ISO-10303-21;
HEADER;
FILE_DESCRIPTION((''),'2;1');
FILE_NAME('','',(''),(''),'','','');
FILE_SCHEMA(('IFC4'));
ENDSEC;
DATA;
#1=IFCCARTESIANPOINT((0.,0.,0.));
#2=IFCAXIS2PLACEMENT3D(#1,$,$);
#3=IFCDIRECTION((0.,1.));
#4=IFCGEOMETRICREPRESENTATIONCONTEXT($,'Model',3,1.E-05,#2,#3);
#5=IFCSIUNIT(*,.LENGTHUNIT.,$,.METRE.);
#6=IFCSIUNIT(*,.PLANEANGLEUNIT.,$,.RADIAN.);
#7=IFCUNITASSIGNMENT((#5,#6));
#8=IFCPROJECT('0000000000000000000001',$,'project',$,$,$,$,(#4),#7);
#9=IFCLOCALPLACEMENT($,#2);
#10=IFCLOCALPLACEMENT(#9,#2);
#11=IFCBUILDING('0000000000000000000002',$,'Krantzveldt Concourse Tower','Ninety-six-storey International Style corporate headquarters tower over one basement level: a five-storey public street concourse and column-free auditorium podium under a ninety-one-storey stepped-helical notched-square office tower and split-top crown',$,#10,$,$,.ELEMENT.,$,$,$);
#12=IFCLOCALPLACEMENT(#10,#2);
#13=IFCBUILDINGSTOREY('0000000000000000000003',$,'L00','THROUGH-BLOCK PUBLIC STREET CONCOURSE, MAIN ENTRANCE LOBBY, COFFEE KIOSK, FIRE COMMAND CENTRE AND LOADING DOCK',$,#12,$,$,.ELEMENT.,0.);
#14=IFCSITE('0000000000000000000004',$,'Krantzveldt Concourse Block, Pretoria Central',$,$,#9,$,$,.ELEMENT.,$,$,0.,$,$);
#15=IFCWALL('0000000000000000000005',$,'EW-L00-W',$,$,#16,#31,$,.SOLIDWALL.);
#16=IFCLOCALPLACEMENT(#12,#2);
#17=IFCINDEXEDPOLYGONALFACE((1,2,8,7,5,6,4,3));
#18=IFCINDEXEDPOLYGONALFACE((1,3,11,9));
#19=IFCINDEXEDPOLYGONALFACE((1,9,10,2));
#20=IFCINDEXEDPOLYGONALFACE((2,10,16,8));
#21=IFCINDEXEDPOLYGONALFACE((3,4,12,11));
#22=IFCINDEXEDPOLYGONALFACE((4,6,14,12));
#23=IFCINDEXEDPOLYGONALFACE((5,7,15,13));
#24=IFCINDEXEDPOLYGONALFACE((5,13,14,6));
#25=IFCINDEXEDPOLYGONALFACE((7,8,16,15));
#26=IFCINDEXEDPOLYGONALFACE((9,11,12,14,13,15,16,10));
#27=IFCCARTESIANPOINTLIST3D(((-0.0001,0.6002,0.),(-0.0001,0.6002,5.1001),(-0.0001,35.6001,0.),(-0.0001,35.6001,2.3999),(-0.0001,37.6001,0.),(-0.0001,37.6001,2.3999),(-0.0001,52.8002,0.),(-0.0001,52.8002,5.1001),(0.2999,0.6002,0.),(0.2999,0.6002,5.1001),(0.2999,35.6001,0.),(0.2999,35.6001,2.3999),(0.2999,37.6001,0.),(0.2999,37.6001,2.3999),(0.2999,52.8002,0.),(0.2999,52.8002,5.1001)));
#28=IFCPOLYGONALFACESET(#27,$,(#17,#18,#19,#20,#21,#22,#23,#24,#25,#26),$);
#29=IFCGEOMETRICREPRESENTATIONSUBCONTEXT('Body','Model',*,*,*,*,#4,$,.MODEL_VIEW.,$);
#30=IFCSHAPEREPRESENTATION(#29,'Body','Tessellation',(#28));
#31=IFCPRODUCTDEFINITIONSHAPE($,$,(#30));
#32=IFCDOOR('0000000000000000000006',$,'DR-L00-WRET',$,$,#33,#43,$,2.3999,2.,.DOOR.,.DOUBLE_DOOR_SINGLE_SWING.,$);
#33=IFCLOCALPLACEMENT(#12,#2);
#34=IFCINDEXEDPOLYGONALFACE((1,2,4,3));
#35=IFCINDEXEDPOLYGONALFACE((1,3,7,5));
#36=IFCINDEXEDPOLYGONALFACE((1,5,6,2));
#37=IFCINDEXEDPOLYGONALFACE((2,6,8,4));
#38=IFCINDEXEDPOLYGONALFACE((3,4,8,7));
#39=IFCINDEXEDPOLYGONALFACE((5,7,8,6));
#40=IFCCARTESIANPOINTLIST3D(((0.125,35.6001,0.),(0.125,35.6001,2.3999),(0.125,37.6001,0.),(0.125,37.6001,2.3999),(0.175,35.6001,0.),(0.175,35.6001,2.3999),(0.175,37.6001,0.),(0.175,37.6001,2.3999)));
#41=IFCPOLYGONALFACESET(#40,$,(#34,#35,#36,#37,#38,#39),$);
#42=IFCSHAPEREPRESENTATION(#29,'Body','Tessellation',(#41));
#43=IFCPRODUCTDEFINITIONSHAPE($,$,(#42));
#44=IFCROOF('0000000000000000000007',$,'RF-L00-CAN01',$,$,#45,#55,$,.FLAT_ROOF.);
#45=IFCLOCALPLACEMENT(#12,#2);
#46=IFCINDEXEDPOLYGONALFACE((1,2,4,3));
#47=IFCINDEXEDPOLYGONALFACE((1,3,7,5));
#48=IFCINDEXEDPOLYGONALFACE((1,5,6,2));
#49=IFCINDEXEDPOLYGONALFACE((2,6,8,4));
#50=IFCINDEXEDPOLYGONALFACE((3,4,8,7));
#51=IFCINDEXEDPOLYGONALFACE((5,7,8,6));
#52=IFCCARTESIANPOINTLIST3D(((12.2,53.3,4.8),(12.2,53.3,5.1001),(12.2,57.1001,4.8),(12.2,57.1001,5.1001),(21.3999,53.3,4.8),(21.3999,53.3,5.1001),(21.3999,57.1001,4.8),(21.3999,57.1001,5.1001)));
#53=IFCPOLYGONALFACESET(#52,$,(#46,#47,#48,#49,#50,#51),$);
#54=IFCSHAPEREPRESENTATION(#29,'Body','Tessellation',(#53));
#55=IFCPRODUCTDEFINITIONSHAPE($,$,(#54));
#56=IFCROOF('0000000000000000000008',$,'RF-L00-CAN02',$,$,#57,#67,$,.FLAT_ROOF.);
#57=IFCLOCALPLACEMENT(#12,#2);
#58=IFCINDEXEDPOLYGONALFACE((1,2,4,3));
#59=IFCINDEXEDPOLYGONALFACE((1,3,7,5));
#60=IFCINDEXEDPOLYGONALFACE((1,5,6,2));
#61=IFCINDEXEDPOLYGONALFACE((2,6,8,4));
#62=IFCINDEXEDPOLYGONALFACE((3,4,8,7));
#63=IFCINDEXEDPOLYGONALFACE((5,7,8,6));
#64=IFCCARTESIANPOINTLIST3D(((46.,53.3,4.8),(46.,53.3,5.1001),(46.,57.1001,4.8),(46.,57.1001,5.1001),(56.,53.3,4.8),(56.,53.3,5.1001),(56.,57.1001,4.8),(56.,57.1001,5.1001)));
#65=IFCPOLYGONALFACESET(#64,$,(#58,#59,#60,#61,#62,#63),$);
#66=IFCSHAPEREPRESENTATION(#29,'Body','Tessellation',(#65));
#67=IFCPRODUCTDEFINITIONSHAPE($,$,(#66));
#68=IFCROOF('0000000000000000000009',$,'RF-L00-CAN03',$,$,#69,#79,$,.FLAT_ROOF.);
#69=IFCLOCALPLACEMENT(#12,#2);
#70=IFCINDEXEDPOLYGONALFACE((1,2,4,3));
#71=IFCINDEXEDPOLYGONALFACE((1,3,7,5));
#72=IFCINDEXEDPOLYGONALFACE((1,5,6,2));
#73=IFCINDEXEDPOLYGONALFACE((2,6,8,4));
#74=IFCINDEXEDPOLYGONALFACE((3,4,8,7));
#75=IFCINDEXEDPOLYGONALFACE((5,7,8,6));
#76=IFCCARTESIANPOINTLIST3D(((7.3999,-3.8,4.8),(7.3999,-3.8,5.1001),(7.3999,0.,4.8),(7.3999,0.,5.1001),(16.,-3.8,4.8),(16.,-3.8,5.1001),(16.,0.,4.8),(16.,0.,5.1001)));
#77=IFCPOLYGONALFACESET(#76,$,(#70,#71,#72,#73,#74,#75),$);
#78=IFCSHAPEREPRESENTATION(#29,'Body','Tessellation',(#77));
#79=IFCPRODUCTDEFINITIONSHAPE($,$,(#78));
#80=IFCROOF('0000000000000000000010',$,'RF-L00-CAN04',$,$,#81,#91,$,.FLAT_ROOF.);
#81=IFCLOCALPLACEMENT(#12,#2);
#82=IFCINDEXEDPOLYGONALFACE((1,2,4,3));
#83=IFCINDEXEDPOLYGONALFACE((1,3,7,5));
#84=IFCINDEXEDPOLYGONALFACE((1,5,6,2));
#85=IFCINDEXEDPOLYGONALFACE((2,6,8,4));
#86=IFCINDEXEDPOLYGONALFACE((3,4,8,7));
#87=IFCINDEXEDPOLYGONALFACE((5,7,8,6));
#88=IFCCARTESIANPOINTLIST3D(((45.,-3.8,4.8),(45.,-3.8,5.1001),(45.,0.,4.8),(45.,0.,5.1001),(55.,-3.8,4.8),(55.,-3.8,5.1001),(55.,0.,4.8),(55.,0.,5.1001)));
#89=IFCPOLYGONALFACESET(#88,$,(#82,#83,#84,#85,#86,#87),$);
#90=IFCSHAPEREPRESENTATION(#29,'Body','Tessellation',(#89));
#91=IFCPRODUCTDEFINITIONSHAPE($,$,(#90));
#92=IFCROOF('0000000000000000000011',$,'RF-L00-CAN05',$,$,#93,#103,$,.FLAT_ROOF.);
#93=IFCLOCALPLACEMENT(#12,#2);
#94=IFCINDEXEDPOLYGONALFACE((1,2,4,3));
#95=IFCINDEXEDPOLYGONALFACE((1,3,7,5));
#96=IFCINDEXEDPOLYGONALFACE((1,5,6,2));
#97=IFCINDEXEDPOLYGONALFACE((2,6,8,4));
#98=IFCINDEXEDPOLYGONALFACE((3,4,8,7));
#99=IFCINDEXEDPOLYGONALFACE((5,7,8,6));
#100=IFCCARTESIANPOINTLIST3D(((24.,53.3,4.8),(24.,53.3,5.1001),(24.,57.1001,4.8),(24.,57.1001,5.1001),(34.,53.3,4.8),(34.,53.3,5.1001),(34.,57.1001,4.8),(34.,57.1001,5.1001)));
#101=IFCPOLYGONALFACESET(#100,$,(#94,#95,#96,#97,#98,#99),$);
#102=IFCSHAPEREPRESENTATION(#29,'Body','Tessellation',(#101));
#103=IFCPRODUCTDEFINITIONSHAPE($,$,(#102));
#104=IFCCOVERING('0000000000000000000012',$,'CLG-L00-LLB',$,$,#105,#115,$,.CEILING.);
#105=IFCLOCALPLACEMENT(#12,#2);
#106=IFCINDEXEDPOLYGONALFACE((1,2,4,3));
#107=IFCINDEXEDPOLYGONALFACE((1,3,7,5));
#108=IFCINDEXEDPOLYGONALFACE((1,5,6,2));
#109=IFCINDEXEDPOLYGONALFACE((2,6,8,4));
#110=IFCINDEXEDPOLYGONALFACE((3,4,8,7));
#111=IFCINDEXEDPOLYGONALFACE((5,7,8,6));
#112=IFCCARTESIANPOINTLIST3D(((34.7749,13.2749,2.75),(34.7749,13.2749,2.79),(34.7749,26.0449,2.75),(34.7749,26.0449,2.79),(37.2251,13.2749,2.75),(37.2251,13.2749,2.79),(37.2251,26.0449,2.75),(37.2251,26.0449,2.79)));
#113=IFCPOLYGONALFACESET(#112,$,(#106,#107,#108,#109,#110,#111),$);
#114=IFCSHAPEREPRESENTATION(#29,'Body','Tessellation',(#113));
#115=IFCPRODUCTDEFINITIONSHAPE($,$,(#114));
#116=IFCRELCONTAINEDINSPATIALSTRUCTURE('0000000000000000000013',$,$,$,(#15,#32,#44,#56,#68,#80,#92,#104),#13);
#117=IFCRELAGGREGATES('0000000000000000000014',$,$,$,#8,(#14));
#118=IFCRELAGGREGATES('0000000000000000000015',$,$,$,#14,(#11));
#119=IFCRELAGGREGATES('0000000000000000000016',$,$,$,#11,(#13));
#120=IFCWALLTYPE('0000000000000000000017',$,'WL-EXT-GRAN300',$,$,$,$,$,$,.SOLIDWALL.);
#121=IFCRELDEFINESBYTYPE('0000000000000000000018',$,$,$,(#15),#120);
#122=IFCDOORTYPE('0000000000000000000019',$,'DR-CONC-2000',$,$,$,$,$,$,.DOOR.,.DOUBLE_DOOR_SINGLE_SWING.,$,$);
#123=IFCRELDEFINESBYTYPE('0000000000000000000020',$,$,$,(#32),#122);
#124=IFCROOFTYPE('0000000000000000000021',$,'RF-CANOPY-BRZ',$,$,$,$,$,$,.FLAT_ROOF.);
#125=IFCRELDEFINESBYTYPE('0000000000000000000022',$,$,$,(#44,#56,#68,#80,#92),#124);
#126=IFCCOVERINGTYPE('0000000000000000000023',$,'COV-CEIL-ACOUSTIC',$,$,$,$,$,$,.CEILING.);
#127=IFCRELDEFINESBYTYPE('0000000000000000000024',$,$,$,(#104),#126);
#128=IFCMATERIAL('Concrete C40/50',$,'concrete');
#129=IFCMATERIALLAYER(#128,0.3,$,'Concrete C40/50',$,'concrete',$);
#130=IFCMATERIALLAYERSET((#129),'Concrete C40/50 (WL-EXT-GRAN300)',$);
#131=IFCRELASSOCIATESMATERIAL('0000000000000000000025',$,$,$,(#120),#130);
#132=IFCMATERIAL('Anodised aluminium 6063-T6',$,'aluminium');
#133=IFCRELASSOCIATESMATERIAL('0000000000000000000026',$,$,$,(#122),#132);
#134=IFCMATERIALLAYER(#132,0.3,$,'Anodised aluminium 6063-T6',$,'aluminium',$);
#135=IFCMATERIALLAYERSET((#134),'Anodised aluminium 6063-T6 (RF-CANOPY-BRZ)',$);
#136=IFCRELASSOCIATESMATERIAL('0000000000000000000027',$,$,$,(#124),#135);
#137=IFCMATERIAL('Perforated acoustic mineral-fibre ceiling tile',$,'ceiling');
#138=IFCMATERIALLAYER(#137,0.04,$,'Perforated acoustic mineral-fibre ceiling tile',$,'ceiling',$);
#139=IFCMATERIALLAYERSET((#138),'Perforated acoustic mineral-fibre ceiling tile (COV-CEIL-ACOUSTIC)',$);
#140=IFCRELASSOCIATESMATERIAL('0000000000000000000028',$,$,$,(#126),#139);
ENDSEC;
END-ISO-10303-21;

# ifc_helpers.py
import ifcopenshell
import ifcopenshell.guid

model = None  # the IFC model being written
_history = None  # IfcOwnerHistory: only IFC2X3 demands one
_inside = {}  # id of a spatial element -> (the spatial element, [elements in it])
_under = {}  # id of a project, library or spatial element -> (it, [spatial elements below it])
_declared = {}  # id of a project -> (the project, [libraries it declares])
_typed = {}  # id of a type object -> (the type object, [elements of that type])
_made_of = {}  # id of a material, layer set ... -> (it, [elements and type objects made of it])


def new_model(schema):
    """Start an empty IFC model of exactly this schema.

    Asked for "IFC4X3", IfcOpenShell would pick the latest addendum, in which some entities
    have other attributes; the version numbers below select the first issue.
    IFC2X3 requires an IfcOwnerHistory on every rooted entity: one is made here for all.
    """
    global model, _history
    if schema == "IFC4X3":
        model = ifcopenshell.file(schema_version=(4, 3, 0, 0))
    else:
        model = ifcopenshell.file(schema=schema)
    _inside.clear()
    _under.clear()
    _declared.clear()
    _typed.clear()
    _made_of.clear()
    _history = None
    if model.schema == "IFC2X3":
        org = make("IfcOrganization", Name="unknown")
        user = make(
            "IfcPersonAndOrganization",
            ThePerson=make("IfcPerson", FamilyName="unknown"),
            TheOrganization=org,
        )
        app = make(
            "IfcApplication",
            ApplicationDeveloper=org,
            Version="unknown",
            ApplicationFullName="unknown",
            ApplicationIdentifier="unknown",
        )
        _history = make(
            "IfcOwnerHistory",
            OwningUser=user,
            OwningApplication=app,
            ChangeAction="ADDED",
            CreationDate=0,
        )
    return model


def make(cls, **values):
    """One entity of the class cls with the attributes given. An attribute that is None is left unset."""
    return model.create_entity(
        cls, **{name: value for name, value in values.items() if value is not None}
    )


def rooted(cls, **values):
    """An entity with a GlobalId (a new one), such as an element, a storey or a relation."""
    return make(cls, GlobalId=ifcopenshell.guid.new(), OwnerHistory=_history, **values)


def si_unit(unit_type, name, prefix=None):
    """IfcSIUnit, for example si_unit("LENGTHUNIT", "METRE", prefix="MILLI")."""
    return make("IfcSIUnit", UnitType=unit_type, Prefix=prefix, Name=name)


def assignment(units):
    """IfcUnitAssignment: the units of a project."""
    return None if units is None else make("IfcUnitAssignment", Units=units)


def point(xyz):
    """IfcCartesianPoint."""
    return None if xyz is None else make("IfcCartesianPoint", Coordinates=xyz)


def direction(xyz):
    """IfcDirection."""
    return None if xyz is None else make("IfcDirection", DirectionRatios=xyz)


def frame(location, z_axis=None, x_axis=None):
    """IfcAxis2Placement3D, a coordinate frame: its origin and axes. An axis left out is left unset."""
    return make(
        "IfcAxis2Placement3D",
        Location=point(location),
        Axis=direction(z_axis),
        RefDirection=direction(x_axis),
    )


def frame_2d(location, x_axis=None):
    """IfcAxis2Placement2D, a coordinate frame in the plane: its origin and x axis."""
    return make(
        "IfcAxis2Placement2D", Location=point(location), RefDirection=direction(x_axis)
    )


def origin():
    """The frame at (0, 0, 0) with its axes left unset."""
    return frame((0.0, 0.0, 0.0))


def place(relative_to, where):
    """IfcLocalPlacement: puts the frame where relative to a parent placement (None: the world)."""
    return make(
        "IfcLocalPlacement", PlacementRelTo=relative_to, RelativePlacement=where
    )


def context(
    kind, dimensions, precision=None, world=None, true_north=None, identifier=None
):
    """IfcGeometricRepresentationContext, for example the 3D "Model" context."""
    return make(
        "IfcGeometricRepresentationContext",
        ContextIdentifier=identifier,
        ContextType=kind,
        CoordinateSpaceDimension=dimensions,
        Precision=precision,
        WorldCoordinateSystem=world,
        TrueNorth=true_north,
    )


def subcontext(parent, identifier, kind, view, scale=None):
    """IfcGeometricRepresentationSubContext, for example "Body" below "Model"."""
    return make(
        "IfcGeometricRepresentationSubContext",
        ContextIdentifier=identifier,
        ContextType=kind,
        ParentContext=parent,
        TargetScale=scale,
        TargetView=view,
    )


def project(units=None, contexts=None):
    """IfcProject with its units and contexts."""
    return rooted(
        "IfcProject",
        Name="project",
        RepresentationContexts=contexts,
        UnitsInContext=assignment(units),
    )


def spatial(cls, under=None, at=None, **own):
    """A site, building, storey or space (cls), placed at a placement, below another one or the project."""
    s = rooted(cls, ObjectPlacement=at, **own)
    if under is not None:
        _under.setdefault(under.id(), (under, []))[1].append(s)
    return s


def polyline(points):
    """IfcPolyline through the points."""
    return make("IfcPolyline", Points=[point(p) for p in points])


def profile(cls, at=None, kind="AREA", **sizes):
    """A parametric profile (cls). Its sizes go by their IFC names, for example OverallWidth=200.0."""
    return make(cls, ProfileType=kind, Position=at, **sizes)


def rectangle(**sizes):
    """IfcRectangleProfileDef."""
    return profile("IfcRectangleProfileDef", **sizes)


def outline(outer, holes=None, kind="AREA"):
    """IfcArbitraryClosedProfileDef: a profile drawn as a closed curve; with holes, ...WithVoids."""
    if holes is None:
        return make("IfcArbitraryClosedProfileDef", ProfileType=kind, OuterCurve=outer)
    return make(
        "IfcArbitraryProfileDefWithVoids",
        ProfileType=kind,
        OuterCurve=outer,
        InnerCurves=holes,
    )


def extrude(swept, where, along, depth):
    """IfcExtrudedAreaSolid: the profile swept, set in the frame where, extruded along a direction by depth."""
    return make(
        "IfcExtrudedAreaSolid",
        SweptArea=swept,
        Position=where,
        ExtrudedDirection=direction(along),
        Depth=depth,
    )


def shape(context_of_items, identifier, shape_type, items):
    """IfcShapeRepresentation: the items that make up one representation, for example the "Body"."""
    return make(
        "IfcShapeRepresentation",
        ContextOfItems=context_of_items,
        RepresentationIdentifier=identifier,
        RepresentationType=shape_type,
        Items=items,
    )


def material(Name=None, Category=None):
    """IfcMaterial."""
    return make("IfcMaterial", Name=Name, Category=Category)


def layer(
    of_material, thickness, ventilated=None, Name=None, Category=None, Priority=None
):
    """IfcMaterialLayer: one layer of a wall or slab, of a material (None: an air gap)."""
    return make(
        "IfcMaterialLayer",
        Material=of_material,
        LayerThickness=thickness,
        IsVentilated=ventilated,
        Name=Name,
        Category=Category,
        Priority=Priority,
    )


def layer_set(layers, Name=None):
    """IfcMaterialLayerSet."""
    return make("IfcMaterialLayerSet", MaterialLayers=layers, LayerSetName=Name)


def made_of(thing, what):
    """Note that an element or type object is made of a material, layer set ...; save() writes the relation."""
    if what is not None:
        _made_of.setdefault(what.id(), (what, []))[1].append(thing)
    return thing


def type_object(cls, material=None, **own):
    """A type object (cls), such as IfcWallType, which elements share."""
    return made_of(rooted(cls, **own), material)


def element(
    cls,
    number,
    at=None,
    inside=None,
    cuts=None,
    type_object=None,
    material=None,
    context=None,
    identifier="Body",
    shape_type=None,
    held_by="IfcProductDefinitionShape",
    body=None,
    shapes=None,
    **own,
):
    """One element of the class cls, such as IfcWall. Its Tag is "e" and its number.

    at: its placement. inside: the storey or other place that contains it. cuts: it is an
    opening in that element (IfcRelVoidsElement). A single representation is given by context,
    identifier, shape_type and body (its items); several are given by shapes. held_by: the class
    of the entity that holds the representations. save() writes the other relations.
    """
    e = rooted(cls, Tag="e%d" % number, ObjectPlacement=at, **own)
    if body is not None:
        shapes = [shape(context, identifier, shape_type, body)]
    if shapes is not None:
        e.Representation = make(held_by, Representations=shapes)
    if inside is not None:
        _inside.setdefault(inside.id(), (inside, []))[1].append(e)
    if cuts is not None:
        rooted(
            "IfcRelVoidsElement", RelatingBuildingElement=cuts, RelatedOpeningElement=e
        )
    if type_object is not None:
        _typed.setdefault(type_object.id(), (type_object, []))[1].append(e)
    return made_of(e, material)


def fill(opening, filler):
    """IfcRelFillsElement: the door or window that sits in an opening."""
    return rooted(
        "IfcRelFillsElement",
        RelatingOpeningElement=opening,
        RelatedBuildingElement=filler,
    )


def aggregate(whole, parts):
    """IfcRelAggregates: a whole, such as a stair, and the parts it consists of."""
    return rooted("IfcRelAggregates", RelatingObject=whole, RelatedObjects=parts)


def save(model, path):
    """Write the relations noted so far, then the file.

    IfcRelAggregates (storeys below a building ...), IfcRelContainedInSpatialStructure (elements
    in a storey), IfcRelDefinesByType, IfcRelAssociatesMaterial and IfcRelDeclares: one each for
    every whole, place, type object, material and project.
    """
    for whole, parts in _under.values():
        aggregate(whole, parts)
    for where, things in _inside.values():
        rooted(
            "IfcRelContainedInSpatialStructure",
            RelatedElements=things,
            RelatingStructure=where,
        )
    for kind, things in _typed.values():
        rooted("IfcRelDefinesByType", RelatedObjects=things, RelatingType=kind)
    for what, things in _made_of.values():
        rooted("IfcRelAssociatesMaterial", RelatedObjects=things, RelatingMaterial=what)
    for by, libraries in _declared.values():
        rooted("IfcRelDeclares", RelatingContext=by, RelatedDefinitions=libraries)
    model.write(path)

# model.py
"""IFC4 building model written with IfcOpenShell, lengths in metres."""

from ifc_helpers import new_model, si_unit, direction, frame, frame_2d, origin, place, context, subcontext, project, spatial, polyline, rectangle, outline, extrude, material, layer, layer_set, type_object, element, fill, save


model = new_model("IFC4")

# Units and contexts
model_context = context("Model", 3, precision=1e-05, world=origin(), true_north=direction((0.0, 1.0)))
body_context = subcontext(model_context, "Body", "Model", "MODEL_VIEW")
ifc_project = project(units=[si_unit("LENGTHUNIT", "METRE"), si_unit("PLANEANGLEUNIT", "RADIAN")], contexts=[model_context])

# Site, building, storey
site_placement = place(None, origin())
site = spatial("IfcSite", under=ifc_project, at=site_placement, Name="Krantzveldt Concourse Block, Pretoria Central", CompositionType="ELEMENT", RefElevation=0.0)
building_placement = place(site_placement, origin())
building = spatial("IfcBuilding", under=site, at=building_placement, Name="Krantzveldt Concourse Tower", Description="Ninety-six-storey International Style corporate headquarters tower over one basement level: a five-storey public street concourse and column-free auditorium podium under a ninety-one-storey stepped-helical notched-square office tower and split-top crown", CompositionType="ELEMENT")
storey_placement = place(building_placement, origin())
storey = spatial("IfcBuildingStorey", under=building, at=storey_placement, Name="L00", Description="THROUGH-BLOCK PUBLIC STREET CONCOURSE, MAIN ENTRANCE LOBBY, COFFEE KIOSK, FIRE COMMAND CENTRE AND LOADING DOCK", CompositionType="ELEMENT", Elevation=0.0)

# Shared definitions
ifc_material_1 = material(Name="Concrete C40/50", Category="concrete")

# Wall, opening, door
ifc_layer_1 = layer(ifc_material_1, 0.3, Name="Concrete C40/50", Category="concrete")
ifc_layer_set_1 = layer_set([ifc_layer_1], Name="Concrete C40/50 (WL-EXT-GRAN300)")
wall_type = type_object("IfcWallType", Name="WL-EXT-GRAN300", PredefinedType="SOLIDWALL", material=ifc_layer_set_1)
wall_placement = place(storey_placement, frame((0.1499, 0.6001, 0.0), z_axis=(0.0, 0.0, 1.0), x_axis=(0.0, 1.0, 0.0)))
wall = element("IfcWall", 1, at=wall_placement, inside=storey, type_object=wall_type, Name="EW-L00-W", PredefinedType="SOLIDWALL", context=body_context, shape_type="SweptSolid", body=[
    extrude(rectangle(XDim=52.2, YDim=0.3, at=frame_2d((26.1001, 0.0))), origin(), (0.0, 0.0, 1.0), 5.1001),
])
opening_placement = place(wall_placement, frame((35.0, 0.0, 0.0)))
opening = element("IfcOpeningElement", 2, at=opening_placement, cuts=wall, PredefinedType="OPENING", context=body_context, shape_type="SweptSolid", body=[
    extrude(rectangle(XDim=2.0, YDim=2.3999, at=frame_2d((1.0, 1.2))), frame((0.0, 0.1602, 0.0), z_axis=(0.0, -1.0, 0.0), x_axis=(1.0, 0.0, 0.0)), (0.0, 0.0, 1.0), 0.3201),
])
ifc_material_2 = material(Name="Anodised aluminium 6063-T6", Category="aluminium")
door_type = type_object("IfcDoorType", Name="DR-CONC-2000", OperationType="DOUBLE_DOOR_SINGLE_SWING", PredefinedType="DOOR", material=ifc_material_2)
door_placement = place(opening_placement, origin())
door = element("IfcDoor", 3, at=door_placement, inside=storey, type_object=door_type, Name="DR-L00-WRET", OperationType="DOUBLE_DOOR_SINGLE_SWING", OverallHeight=2.3999, OverallWidth=2.0, PredefinedType="DOOR", context=body_context, shape_type="SweptSolid", body=[
    extrude(rectangle(XDim=2.0, YDim=2.3999, at=frame_2d((1.0, 1.2))), frame((0.0, 0.0249, 0.0), z_axis=(0.0, -1.0, 0.0), x_axis=(1.0, 0.0, 0.0)), (0.0, 0.0, 1.0), 0.05),
])
fill(opening, door)

# Roofs
ifc_layer_2 = layer(ifc_material_2, 0.3, Name="Anodised aluminium 6063-T6", Category="aluminium")
ifc_layer_set_2 = layer_set([ifc_layer_2], Name="Anodised aluminium 6063-T6 (RF-CANOPY-BRZ)")
roof_type = type_object("IfcRoofType", Name="RF-CANOPY-BRZ", PredefinedType="FLAT_ROOF", material=ifc_layer_set_2)
roof_1_placement = place(storey_placement, frame((0.0, 0.0, 4.8)))
element("IfcRoof", 4, at=roof_1_placement, inside=storey, type_object=roof_type, Name="RF-L00-CAN01", PredefinedType="FLAT_ROOF", context=body_context, shape_type="SweptSolid", body=[
    extrude(outline(polyline([(12.2, 53.3), (21.3999, 53.3), (21.3999, 57.1001), (12.2, 57.1001), (12.2, 53.3)])), origin(), (0.0, 0.0, 1.0), 0.3),
])
roof_2_placement = place(storey_placement, frame((0.0, 0.0, 4.8)))
element("IfcRoof", 5, at=roof_2_placement, inside=storey, type_object=roof_type, Name="RF-L00-CAN02", PredefinedType="FLAT_ROOF", context=body_context, shape_type="SweptSolid", body=[
    extrude(outline(polyline([(46.0, 53.3), (56.0, 53.3), (56.0, 57.1001), (46.0, 57.1001), (46.0, 53.3)])), origin(), (0.0, 0.0, 1.0), 0.3),
])
roof_3_placement = place(storey_placement, frame((0.0, 0.0, 4.8)))
element("IfcRoof", 6, at=roof_3_placement, inside=storey, type_object=roof_type, Name="RF-L00-CAN03", PredefinedType="FLAT_ROOF", context=body_context, shape_type="SweptSolid", body=[
    extrude(outline(polyline([(7.3999, -3.8), (16.0, -3.8), (16.0, 0.0), (7.3999, 0.0), (7.3999, -3.8)])), origin(), (0.0, 0.0, 1.0), 0.3),
])
roof_4_placement = place(storey_placement, frame((0.0, 0.0, 4.8)))
element("IfcRoof", 7, at=roof_4_placement, inside=storey, type_object=roof_type, Name="RF-L00-CAN04", PredefinedType="FLAT_ROOF", context=body_context, shape_type="SweptSolid", body=[
    extrude(outline(polyline([(45.0, -3.8), (55.0, -3.8), (55.0, 0.0), (45.0, 0.0), (45.0, -3.8)])), origin(), (0.0, 0.0, 1.0), 0.3),
])
roof_5_placement = place(storey_placement, frame((0.0, 0.0, 4.8)))
element("IfcRoof", 8, at=roof_5_placement, inside=storey, type_object=roof_type, Name="RF-L00-CAN05", PredefinedType="FLAT_ROOF", context=body_context, shape_type="SweptSolid", body=[
    extrude(outline(polyline([(24.0, 53.3), (34.0, 53.3), (34.0, 57.1001), (24.0, 57.1001), (24.0, 53.3)])), origin(), (0.0, 0.0, 1.0), 0.3),
])

# Covering
ifc_material_3 = material(Name="Perforated acoustic mineral-fibre ceiling tile", Category="ceiling")
ifc_layer_3 = layer(ifc_material_3, 0.04, Name="Perforated acoustic mineral-fibre ceiling tile", Category="ceiling")
ifc_layer_set_3 = layer_set([ifc_layer_3], Name="Perforated acoustic mineral-fibre ceiling tile (COV-CEIL-ACOUSTIC)")
covering_type = type_object("IfcCoveringType", Name="COV-CEIL-ACOUSTIC", PredefinedType="CEILING", material=ifc_layer_set_3)
covering_placement = place(storey_placement, frame((0.0, 0.0, 2.75)))
element("IfcCovering", 9, at=covering_placement, inside=storey, type_object=covering_type, Name="CLG-L00-LLB", PredefinedType="CEILING", context=body_context, shape_type="SweptSolid", body=[
    extrude(outline(polyline([(34.7749, 13.2749), (34.7749, 26.0449), (37.2251, 26.0449), (37.2251, 13.2749), (34.7749, 13.2749)])), origin(), (0.0, 0.0, 1.0), 0.04),
])

save(model, "model.ifc")
